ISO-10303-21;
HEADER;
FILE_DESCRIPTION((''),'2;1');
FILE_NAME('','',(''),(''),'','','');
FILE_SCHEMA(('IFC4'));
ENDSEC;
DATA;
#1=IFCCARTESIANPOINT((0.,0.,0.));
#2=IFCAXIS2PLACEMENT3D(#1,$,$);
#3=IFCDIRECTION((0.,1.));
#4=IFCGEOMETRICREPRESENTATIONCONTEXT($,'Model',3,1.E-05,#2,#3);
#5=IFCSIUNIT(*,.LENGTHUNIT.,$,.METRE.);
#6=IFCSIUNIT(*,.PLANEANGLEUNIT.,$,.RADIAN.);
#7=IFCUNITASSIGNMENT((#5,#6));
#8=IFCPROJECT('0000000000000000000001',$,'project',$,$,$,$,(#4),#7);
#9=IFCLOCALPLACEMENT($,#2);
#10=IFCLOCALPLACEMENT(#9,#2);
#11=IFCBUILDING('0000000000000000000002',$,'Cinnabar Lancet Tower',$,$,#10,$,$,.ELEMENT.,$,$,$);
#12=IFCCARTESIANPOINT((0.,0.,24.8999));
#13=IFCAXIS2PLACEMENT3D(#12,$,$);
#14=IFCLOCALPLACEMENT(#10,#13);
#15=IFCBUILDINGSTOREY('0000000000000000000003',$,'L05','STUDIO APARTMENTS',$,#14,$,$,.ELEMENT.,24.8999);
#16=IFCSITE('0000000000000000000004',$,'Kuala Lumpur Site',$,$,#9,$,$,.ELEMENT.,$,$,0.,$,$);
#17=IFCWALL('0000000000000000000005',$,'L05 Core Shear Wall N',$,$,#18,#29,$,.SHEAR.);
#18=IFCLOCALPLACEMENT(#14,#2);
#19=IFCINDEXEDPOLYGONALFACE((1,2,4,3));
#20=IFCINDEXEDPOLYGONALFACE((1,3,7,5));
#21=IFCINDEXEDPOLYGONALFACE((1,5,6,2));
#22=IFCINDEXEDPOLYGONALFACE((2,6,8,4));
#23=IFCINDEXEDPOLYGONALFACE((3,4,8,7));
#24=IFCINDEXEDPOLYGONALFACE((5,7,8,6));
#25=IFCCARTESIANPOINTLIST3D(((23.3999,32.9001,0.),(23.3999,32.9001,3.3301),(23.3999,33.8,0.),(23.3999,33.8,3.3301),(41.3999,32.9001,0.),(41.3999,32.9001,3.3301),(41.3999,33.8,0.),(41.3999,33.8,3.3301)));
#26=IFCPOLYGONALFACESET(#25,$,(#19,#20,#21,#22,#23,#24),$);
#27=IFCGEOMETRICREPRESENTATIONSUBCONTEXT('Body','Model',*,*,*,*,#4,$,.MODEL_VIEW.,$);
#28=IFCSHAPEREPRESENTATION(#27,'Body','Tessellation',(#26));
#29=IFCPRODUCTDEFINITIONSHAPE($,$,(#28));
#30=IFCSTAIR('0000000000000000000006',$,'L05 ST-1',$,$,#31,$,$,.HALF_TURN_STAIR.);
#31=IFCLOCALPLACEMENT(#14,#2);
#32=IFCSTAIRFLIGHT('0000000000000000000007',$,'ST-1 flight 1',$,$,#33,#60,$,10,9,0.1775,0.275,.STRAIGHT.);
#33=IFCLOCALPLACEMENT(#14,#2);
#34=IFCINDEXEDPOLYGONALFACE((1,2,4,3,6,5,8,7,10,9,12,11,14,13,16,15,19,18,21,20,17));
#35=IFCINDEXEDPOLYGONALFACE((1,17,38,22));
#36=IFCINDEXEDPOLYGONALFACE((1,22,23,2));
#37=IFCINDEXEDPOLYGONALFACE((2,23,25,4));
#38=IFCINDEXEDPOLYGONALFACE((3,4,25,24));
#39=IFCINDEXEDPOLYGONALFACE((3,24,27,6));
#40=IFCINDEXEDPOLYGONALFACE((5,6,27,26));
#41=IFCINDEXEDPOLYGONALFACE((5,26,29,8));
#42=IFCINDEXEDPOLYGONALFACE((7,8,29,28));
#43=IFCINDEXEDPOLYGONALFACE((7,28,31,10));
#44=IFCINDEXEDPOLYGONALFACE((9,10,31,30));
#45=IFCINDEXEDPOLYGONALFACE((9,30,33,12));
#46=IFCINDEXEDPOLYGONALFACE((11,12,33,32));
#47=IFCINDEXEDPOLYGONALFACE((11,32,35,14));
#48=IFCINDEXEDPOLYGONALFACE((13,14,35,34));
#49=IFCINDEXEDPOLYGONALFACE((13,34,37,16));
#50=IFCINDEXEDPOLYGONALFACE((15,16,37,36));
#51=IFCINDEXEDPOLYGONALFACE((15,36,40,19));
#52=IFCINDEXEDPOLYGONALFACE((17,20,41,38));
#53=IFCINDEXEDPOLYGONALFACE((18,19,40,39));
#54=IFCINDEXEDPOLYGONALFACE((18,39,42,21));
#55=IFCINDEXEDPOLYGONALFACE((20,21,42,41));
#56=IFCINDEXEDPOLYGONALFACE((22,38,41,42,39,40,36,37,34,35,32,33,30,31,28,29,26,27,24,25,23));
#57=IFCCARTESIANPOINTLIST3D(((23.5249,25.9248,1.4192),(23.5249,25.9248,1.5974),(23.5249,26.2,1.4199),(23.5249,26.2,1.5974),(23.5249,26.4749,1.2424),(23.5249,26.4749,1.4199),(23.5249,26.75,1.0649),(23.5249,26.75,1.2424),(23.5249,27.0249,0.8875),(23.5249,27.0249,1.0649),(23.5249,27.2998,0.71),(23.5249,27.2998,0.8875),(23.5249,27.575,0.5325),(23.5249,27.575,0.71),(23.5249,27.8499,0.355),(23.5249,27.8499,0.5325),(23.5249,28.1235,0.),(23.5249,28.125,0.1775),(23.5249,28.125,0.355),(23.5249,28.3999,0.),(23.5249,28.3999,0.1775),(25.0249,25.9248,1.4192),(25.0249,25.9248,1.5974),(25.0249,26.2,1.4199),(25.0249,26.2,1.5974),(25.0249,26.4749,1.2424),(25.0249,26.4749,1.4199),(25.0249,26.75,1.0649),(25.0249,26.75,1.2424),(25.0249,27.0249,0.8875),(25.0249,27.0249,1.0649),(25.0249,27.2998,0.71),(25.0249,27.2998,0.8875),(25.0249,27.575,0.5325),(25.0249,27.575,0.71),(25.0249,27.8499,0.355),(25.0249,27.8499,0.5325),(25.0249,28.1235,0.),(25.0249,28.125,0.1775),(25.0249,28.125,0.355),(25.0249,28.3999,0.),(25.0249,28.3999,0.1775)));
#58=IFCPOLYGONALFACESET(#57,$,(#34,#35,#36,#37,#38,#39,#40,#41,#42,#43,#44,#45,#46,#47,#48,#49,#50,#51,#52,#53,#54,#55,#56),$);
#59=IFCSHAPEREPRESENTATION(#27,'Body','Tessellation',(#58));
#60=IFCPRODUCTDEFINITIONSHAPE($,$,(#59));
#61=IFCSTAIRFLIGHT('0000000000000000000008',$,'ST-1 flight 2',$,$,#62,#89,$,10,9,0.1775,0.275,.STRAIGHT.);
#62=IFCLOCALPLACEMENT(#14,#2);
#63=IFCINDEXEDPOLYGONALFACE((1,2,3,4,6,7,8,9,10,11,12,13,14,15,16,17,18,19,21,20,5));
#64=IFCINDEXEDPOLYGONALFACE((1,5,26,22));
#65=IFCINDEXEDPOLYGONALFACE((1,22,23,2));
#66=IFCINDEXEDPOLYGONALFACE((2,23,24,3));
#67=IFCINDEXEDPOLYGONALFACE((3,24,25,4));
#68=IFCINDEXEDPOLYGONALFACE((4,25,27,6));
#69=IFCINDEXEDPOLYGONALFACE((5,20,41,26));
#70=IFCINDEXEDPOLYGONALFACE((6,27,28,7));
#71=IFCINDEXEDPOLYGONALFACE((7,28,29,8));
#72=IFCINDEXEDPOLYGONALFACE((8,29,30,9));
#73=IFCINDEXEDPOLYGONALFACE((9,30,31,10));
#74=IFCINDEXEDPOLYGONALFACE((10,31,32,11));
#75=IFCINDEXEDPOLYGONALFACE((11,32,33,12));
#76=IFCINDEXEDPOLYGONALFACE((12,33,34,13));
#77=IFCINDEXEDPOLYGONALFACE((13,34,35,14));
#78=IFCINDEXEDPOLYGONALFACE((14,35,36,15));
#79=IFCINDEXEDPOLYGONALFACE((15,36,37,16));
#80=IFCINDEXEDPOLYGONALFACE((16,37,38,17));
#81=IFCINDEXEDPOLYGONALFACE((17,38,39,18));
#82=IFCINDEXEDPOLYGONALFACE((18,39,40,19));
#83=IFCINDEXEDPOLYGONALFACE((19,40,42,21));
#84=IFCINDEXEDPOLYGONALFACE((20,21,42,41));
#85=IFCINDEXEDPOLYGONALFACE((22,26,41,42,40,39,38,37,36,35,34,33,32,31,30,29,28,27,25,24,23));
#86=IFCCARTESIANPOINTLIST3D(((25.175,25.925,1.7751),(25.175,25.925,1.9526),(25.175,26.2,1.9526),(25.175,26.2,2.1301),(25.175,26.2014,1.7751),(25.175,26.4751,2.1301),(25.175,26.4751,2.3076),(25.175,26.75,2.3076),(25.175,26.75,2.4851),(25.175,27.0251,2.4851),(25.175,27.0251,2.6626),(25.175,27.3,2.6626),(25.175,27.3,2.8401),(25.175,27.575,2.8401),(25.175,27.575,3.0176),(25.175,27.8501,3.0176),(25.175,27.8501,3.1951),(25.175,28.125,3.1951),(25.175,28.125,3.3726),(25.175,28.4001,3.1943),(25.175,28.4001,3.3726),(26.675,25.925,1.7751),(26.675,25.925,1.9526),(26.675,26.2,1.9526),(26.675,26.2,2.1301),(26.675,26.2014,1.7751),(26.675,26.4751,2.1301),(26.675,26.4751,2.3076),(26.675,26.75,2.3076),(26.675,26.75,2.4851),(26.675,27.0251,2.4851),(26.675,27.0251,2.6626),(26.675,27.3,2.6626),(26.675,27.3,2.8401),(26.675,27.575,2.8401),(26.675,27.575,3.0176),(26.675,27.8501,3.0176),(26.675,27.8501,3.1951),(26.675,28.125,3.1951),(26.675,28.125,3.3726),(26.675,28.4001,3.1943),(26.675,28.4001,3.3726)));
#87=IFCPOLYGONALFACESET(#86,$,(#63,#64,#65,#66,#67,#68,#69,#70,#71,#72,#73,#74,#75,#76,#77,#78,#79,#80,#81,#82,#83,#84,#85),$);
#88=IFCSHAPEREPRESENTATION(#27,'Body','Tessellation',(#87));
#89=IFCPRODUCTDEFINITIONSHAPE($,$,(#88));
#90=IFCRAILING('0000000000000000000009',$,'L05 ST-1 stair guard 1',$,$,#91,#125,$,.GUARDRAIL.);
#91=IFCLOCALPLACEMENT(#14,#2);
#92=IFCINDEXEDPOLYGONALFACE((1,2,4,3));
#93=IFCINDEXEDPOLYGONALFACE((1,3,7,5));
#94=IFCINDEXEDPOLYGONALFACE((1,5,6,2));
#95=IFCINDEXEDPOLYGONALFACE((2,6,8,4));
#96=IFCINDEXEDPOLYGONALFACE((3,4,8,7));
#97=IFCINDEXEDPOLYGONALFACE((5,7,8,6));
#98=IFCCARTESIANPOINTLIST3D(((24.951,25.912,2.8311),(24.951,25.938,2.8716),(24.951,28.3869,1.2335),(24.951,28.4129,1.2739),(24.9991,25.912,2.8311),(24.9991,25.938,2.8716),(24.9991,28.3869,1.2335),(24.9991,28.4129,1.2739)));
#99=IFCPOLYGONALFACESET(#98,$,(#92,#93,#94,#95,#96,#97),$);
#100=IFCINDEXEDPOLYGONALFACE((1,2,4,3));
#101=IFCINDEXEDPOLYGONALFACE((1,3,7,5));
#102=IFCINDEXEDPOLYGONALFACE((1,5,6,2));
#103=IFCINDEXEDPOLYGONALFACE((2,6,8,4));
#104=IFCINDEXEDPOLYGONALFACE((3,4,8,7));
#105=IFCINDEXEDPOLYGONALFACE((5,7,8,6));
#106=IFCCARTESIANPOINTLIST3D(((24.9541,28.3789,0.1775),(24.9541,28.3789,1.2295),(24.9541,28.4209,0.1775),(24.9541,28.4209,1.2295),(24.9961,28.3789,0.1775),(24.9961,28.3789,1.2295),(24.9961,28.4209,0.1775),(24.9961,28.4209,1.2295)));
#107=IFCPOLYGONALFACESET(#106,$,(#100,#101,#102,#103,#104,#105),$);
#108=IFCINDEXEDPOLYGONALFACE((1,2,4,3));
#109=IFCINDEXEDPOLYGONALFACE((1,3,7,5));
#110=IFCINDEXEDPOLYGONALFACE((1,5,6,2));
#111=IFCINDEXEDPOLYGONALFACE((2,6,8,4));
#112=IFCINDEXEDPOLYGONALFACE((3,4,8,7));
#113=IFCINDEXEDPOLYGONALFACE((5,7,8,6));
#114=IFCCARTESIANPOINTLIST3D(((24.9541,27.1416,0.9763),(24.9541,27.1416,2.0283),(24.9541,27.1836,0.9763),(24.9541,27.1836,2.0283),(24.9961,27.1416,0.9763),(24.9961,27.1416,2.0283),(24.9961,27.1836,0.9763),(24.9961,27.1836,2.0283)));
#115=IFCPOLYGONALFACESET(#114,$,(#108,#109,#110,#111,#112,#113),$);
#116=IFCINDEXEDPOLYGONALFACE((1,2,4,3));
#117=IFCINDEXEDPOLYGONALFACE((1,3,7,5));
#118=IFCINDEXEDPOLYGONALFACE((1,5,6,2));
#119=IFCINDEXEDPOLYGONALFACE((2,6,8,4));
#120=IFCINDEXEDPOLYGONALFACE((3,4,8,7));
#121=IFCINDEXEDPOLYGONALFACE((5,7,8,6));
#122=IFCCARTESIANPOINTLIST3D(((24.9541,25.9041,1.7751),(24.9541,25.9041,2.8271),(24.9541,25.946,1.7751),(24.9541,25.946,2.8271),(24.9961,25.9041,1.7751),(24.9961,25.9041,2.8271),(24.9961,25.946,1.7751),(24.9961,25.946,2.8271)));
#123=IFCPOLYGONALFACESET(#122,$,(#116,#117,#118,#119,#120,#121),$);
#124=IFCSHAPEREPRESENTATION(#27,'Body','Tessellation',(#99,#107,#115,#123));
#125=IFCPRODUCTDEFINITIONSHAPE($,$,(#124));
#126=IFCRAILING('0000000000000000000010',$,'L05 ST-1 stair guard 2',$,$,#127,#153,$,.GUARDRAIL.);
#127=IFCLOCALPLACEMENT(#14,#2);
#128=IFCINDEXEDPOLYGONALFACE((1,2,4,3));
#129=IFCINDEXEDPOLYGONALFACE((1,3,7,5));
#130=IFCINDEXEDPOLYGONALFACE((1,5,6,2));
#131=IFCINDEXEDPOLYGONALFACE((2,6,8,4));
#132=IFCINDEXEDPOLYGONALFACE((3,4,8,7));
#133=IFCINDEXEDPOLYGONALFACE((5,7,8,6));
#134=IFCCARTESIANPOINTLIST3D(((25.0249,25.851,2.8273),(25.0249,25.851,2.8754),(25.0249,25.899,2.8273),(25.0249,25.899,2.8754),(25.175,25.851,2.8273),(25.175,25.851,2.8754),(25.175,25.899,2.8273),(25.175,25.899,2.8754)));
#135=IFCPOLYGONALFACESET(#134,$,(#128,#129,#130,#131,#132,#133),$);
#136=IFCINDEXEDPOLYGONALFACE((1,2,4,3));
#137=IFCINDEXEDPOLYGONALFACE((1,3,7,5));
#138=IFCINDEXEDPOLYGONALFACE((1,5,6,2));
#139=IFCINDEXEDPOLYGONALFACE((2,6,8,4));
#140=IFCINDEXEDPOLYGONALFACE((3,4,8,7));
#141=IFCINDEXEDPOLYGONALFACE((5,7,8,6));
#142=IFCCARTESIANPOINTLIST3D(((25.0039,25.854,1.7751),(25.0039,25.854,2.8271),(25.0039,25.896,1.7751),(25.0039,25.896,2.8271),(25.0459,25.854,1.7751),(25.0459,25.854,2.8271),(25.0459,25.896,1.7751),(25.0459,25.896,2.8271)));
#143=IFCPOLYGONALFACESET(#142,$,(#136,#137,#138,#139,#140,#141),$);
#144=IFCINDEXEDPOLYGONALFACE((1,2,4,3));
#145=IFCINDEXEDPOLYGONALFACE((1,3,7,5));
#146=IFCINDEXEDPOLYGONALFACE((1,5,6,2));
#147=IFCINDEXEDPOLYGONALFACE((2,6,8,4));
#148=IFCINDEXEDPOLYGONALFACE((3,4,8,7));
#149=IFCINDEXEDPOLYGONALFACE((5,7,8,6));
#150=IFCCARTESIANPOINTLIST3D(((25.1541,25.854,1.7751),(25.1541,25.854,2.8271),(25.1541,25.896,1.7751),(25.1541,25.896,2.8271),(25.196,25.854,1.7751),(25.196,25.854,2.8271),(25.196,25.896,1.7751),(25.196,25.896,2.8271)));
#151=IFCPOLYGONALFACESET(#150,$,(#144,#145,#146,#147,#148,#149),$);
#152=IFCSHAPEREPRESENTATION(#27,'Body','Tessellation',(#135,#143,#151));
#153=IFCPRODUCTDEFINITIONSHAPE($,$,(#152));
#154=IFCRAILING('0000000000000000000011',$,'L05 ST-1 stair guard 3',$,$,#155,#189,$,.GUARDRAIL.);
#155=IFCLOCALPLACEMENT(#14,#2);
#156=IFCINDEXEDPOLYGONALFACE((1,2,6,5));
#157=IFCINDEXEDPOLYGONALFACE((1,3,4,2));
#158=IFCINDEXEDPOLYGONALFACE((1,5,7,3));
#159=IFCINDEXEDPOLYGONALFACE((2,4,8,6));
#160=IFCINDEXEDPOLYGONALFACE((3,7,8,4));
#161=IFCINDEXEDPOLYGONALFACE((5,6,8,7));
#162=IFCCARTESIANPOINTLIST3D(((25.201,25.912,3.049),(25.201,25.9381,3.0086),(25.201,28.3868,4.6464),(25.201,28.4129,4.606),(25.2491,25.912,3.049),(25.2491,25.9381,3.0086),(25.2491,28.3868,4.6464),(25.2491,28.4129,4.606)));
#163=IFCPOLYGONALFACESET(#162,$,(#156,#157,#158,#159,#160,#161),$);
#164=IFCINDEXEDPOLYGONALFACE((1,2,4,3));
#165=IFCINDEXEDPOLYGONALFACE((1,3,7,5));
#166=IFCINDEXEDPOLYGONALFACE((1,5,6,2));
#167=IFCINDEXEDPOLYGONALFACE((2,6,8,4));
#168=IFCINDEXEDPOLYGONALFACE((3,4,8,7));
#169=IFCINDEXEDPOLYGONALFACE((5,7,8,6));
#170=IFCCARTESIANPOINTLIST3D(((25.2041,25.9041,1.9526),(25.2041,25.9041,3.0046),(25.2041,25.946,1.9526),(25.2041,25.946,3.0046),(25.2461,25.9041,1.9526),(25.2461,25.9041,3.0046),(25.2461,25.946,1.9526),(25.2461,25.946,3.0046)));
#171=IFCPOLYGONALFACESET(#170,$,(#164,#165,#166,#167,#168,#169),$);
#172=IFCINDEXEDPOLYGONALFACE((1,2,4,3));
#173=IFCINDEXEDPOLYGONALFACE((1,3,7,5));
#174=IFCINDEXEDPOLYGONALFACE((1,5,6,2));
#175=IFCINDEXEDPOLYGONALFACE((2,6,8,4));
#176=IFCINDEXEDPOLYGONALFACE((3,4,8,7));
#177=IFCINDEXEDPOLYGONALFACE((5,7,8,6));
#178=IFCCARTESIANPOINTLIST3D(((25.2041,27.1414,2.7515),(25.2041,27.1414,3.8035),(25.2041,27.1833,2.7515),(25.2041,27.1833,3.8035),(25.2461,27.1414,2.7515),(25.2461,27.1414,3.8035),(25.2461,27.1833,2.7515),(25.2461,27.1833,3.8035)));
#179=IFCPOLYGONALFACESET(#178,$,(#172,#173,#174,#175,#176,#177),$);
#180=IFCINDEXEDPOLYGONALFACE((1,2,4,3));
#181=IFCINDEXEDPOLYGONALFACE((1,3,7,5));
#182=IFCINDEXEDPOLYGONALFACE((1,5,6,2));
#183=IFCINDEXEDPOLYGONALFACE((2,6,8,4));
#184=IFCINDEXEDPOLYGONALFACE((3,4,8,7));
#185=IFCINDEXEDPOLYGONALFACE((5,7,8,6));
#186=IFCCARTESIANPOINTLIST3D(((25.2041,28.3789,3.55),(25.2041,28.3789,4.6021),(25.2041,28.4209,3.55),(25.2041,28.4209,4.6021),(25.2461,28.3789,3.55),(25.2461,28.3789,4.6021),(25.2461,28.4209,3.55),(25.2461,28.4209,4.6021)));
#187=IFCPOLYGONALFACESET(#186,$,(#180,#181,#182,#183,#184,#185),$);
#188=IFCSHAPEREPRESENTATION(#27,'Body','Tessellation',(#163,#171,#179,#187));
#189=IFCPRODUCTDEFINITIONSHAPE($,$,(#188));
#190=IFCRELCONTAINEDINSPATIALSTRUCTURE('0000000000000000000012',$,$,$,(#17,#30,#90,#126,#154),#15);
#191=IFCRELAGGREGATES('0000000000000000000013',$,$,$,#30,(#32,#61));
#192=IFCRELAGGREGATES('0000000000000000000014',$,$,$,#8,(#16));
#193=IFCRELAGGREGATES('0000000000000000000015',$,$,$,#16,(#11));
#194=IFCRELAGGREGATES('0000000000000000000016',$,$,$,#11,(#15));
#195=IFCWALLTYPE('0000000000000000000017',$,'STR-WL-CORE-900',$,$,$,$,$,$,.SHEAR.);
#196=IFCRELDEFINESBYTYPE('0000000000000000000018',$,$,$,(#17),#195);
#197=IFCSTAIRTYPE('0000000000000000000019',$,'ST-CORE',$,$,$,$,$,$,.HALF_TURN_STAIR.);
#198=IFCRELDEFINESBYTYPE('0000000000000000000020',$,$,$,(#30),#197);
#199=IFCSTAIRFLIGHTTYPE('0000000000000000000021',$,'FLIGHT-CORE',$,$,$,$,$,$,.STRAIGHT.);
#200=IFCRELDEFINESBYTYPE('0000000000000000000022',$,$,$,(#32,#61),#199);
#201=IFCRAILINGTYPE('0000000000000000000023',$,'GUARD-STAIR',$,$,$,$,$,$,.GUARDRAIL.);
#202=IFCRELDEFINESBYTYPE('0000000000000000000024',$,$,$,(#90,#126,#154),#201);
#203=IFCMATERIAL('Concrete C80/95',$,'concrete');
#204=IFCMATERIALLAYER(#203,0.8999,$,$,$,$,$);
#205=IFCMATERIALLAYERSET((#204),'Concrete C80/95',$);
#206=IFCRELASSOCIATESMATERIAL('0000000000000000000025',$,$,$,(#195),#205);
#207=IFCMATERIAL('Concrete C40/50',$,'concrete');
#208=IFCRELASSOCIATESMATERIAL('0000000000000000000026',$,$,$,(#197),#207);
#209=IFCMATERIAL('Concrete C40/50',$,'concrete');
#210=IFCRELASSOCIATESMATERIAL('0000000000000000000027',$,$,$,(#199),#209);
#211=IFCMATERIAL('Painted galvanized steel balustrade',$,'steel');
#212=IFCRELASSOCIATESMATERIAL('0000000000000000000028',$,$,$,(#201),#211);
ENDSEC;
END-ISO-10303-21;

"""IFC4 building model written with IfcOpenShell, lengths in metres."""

from ifc_helpers import new_model, si_unit, direction, frame, frame_2d, origin, origin_2d, place, context, subcontext, project, spatial, polyline, rectangle, outline, extrude, material, layer, layer_set, type_object, element, aggregate, save


model = new_model("IFC4")

# Units and contexts
model_context = context("Model", 3, precision=1e-05, world=origin(), true_north=direction((0.0, 1.0)))
body_context = subcontext(model_context, "Body", "Model", "MODEL_VIEW")
ifc_project = project(units=[si_unit("LENGTHUNIT", "METRE"), si_unit("PLANEANGLEUNIT", "RADIAN")], contexts=[model_context])

# Site, building, storey
site_placement = place(None, origin())
site = spatial("IfcSite", under=ifc_project, at=site_placement, Name="Kuala Lumpur Site", CompositionType="ELEMENT", RefElevation=0.0)
building_placement = place(site_placement, origin())
building = spatial("IfcBuilding", under=site, at=building_placement, Name="Cinnabar Lancet Tower", CompositionType="ELEMENT")
storey_placement = place(building_placement, frame((0.0, 0.0, 24.8999)))
storey = spatial("IfcBuildingStorey", under=building, at=storey_placement, Name="L05", Description="STUDIO APARTMENTS", CompositionType="ELEMENT", Elevation=24.8999)

# Wall
ifc_material_1 = material(Name="Concrete C80/95", Category="concrete")
ifc_layer_1 = layer(ifc_material_1, 0.8999)
ifc_layer_set_1 = layer_set([ifc_layer_1], Name="Concrete C80/95")
wall_type_1 = type_object("IfcWallType", Name="STR-WL-CORE-900", PredefinedType="SHEAR", material=ifc_layer_set_1)
wall_1_placement = place(storey_placement, frame((23.3999, 33.3501, 0.0), z_axis=(0.0, 0.0, 1.0), x_axis=(1.0, 0.0, 0.0)))
element("IfcWall", 1, at=wall_1_placement, inside=storey, type_object=wall_type_1, Name="L05 Core Shear Wall N", PredefinedType="SHEAR", context=body_context, shape_type="SweptSolid", body=[
    extrude(rectangle(XDim=18.0, YDim=0.8999, at=frame_2d((9.0, 0.0))), origin(), (0.0, 0.0, 1.0), 3.3301),
])

# Stair, stair flights
ifc_material_2 = material(Name="Concrete C40/50", Category="concrete")
stair_type = type_object("IfcStairType", Name="ST-CORE", PredefinedType="HALF_TURN_STAIR", material=ifc_material_2)
stair_placement = place(storey_placement, origin())
stair = element("IfcStair", 2, at=stair_placement, inside=storey, type_object=stair_type, Name="L05 ST-1", PredefinedType="HALF_TURN_STAIR")
ifc_material_3 = material(Name="Concrete C40/50", Category="concrete")
stair_flight_type = type_object("IfcStairFlightType", Name="FLIGHT-CORE", PredefinedType="STRAIGHT", material=ifc_material_3)
stair_flight_1_placement = place(storey_placement, frame((24.2749, 28.3999, 0.0), z_axis=(0.0, 0.0, 1.0), x_axis=(0.0, -1.0, 0.0)))
stair_flight_1 = element("IfcStairFlight", 3, at=stair_flight_1_placement, type_object=stair_flight_type, Name="ST-1 flight 1", NumberOfRisers=10, NumberOfTreads=9, PredefinedType="STRAIGHT", RiserHeight=0.1775, TreadLength=0.275, context=body_context, shape_type="SweptSolid", body=[
    extrude(outline(polyline([(0.0, 0.0), (0.0, 0.1775), (0.2749, 0.1775), (0.2749, 0.355), (0.55, 0.355), (0.55, 0.5325), (0.825, 0.5325), (0.825, 0.71), (1.1001, 0.71), (1.1001, 0.8875), (1.375, 0.8875), (1.375, 1.0649), (1.6499, 1.0649), (1.6499, 1.2424), (1.925, 1.2424), (1.925, 1.4199), (2.2, 1.4199), (2.2, 1.5974), (2.4751, 1.5974), (2.4751, 1.7749), (2.4751, 1.4192), (0.2764, 0.0), (0.0, 0.0)])), frame((0.0, 0.75, 0.0), z_axis=(0.0, -1.0, 0.0), x_axis=(1.0, 0.0, 0.0)), (0.0, 0.0, 1.0), 1.5),
])
stair_flight_2_placement = place(storey_placement, frame((25.925, 25.925, 1.7751), z_axis=(0.0, 0.0, 1.0), x_axis=(0.0, 1.0, 0.0)))
stair_flight_2 = element("IfcStairFlight", 4, at=stair_flight_2_placement, type_object=stair_flight_type, Name="ST-1 flight 2", NumberOfRisers=10, NumberOfTreads=9, PredefinedType="STRAIGHT", RiserHeight=0.1775, TreadLength=0.275, context=body_context, shape_type="SweptSolid", body=[
    extrude(outline(polyline([(0.0, 0.0), (0.0, 0.1775), (0.2749, 0.1775), (0.2749, 0.355), (0.55, 0.355), (0.55, 0.5325), (0.825, 0.5325), (0.825, 0.71), (1.1001, 0.71), (1.1001, 0.8875), (1.375, 0.8875), (1.375, 1.0649), (1.6499, 1.0649), (1.6499, 1.2424), (1.925, 1.2424), (1.925, 1.4199), (2.2, 1.4199), (2.2, 1.5974), (2.4751, 1.5974), (2.4751, 1.7749), (2.4751, 1.4192), (0.2764, 0.0), (0.0, 0.0)])), frame((0.0, 0.75, 0.0), z_axis=(0.0, -1.0, 0.0), x_axis=(1.0, 0.0, 0.0)), (0.0, 0.0, 1.0), 1.5),
])
aggregate(stair, [stair_flight_1, stair_flight_2])

# Railings
ifc_material_4 = material(Name="Painted galvanized steel balustrade", Category="steel")
railing_type_1 = type_object("IfcRailingType", Name="GUARD-STAIR", PredefinedType="GUARDRAIL", material=ifc_material_4)
railing_1_placement = place(storey_placement, frame((24.9751, 28.3999, 0.1775)))
element("IfcRailing", 5, at=railing_1_placement, inside=storey, type_object=railing_type_1, Name="L05 ST-1 stair guard 1", PredefinedType="GUARDRAIL", context=body_context, shape_type="SweptSolid", body=[
    extrude(rectangle(XDim=0.0481, YDim=0.0481, at=origin_2d()), frame((0.0, 0.0, 1.0762), z_axis=(0.0, -0.840146, 0.542361), x_axis=(1.0, 0.0, 0.0)), (0.0, 0.0, 1.0), 2.9458),
    extrude(rectangle(XDim=0.042, YDim=0.042, at=origin_2d()), origin(), (0.0, 0.0, 1.0), 1.052),
    extrude(rectangle(XDim=0.042, YDim=0.042, at=origin_2d()), frame((0.0, -1.2373, 0.7988)), (0.0, 0.0, 1.0), 1.052),
    extrude(rectangle(XDim=0.042, YDim=0.042, at=origin_2d()), frame((0.0, -2.4749, 1.5977)), (0.0, 0.0, 1.0), 1.052),
])
railing_2_placement = place(storey_placement, frame((25.0249, 25.875, 1.7751)))
element("IfcRailing", 6, at=railing_2_placement, inside=storey, type_object=railing_type_1, Name="L05 ST-1 stair guard 2", PredefinedType="GUARDRAIL", context=body_context, shape_type="SweptSolid", body=[
    extrude(rectangle(XDim=0.0481, YDim=0.0481, at=origin_2d()), frame((0.0, 0.0, 1.0762), z_axis=(1.0, 0.0, 0.0), x_axis=(0.0, 1.0, 0.0)), (0.0, 0.0, 1.0), 0.1501),
    extrude(rectangle(XDim=0.042, YDim=0.042, at=origin_2d()), origin(), (0.0, 0.0, 1.0), 1.052),
    extrude(rectangle(XDim=0.042, YDim=0.042, at=origin_2d()), frame((0.1501, 0.0, 0.0)), (0.0, 0.0, 1.0), 1.052),
])
railing_3_placement = place(storey_placement, frame((25.2251, 25.925, 1.9526)))
element("IfcRailing", 7, at=railing_3_placement, inside=storey, type_object=railing_type_1, Name="L05 ST-1 stair guard 3", PredefinedType="GUARDRAIL", context=body_context, shape_type="SweptSolid", body=[
    extrude(rectangle(XDim=0.0481, YDim=0.0481, at=origin_2d()), frame((0.0, 0.0, 1.0762), z_axis=(0.0, 0.840183, 0.542302), x_axis=(-1.0, 0.0, 0.0)), (0.0, 0.0, 1.0), 2.9456),
    extrude(rectangle(XDim=0.042, YDim=0.042, at=origin_2d()), origin(), (0.0, 0.0, 1.0), 1.052),
    extrude(rectangle(XDim=0.042, YDim=0.042, at=origin_2d()), frame((0.0, 1.2373, 0.7988)), (0.0, 0.0, 1.0), 1.052),
    extrude(rectangle(XDim=0.042, YDim=0.042, at=origin_2d()), frame((0.0, 2.4749, 1.5974)), (0.0, 0.0, 1.0), 1.052),
])

save(model, "model.ifc")
